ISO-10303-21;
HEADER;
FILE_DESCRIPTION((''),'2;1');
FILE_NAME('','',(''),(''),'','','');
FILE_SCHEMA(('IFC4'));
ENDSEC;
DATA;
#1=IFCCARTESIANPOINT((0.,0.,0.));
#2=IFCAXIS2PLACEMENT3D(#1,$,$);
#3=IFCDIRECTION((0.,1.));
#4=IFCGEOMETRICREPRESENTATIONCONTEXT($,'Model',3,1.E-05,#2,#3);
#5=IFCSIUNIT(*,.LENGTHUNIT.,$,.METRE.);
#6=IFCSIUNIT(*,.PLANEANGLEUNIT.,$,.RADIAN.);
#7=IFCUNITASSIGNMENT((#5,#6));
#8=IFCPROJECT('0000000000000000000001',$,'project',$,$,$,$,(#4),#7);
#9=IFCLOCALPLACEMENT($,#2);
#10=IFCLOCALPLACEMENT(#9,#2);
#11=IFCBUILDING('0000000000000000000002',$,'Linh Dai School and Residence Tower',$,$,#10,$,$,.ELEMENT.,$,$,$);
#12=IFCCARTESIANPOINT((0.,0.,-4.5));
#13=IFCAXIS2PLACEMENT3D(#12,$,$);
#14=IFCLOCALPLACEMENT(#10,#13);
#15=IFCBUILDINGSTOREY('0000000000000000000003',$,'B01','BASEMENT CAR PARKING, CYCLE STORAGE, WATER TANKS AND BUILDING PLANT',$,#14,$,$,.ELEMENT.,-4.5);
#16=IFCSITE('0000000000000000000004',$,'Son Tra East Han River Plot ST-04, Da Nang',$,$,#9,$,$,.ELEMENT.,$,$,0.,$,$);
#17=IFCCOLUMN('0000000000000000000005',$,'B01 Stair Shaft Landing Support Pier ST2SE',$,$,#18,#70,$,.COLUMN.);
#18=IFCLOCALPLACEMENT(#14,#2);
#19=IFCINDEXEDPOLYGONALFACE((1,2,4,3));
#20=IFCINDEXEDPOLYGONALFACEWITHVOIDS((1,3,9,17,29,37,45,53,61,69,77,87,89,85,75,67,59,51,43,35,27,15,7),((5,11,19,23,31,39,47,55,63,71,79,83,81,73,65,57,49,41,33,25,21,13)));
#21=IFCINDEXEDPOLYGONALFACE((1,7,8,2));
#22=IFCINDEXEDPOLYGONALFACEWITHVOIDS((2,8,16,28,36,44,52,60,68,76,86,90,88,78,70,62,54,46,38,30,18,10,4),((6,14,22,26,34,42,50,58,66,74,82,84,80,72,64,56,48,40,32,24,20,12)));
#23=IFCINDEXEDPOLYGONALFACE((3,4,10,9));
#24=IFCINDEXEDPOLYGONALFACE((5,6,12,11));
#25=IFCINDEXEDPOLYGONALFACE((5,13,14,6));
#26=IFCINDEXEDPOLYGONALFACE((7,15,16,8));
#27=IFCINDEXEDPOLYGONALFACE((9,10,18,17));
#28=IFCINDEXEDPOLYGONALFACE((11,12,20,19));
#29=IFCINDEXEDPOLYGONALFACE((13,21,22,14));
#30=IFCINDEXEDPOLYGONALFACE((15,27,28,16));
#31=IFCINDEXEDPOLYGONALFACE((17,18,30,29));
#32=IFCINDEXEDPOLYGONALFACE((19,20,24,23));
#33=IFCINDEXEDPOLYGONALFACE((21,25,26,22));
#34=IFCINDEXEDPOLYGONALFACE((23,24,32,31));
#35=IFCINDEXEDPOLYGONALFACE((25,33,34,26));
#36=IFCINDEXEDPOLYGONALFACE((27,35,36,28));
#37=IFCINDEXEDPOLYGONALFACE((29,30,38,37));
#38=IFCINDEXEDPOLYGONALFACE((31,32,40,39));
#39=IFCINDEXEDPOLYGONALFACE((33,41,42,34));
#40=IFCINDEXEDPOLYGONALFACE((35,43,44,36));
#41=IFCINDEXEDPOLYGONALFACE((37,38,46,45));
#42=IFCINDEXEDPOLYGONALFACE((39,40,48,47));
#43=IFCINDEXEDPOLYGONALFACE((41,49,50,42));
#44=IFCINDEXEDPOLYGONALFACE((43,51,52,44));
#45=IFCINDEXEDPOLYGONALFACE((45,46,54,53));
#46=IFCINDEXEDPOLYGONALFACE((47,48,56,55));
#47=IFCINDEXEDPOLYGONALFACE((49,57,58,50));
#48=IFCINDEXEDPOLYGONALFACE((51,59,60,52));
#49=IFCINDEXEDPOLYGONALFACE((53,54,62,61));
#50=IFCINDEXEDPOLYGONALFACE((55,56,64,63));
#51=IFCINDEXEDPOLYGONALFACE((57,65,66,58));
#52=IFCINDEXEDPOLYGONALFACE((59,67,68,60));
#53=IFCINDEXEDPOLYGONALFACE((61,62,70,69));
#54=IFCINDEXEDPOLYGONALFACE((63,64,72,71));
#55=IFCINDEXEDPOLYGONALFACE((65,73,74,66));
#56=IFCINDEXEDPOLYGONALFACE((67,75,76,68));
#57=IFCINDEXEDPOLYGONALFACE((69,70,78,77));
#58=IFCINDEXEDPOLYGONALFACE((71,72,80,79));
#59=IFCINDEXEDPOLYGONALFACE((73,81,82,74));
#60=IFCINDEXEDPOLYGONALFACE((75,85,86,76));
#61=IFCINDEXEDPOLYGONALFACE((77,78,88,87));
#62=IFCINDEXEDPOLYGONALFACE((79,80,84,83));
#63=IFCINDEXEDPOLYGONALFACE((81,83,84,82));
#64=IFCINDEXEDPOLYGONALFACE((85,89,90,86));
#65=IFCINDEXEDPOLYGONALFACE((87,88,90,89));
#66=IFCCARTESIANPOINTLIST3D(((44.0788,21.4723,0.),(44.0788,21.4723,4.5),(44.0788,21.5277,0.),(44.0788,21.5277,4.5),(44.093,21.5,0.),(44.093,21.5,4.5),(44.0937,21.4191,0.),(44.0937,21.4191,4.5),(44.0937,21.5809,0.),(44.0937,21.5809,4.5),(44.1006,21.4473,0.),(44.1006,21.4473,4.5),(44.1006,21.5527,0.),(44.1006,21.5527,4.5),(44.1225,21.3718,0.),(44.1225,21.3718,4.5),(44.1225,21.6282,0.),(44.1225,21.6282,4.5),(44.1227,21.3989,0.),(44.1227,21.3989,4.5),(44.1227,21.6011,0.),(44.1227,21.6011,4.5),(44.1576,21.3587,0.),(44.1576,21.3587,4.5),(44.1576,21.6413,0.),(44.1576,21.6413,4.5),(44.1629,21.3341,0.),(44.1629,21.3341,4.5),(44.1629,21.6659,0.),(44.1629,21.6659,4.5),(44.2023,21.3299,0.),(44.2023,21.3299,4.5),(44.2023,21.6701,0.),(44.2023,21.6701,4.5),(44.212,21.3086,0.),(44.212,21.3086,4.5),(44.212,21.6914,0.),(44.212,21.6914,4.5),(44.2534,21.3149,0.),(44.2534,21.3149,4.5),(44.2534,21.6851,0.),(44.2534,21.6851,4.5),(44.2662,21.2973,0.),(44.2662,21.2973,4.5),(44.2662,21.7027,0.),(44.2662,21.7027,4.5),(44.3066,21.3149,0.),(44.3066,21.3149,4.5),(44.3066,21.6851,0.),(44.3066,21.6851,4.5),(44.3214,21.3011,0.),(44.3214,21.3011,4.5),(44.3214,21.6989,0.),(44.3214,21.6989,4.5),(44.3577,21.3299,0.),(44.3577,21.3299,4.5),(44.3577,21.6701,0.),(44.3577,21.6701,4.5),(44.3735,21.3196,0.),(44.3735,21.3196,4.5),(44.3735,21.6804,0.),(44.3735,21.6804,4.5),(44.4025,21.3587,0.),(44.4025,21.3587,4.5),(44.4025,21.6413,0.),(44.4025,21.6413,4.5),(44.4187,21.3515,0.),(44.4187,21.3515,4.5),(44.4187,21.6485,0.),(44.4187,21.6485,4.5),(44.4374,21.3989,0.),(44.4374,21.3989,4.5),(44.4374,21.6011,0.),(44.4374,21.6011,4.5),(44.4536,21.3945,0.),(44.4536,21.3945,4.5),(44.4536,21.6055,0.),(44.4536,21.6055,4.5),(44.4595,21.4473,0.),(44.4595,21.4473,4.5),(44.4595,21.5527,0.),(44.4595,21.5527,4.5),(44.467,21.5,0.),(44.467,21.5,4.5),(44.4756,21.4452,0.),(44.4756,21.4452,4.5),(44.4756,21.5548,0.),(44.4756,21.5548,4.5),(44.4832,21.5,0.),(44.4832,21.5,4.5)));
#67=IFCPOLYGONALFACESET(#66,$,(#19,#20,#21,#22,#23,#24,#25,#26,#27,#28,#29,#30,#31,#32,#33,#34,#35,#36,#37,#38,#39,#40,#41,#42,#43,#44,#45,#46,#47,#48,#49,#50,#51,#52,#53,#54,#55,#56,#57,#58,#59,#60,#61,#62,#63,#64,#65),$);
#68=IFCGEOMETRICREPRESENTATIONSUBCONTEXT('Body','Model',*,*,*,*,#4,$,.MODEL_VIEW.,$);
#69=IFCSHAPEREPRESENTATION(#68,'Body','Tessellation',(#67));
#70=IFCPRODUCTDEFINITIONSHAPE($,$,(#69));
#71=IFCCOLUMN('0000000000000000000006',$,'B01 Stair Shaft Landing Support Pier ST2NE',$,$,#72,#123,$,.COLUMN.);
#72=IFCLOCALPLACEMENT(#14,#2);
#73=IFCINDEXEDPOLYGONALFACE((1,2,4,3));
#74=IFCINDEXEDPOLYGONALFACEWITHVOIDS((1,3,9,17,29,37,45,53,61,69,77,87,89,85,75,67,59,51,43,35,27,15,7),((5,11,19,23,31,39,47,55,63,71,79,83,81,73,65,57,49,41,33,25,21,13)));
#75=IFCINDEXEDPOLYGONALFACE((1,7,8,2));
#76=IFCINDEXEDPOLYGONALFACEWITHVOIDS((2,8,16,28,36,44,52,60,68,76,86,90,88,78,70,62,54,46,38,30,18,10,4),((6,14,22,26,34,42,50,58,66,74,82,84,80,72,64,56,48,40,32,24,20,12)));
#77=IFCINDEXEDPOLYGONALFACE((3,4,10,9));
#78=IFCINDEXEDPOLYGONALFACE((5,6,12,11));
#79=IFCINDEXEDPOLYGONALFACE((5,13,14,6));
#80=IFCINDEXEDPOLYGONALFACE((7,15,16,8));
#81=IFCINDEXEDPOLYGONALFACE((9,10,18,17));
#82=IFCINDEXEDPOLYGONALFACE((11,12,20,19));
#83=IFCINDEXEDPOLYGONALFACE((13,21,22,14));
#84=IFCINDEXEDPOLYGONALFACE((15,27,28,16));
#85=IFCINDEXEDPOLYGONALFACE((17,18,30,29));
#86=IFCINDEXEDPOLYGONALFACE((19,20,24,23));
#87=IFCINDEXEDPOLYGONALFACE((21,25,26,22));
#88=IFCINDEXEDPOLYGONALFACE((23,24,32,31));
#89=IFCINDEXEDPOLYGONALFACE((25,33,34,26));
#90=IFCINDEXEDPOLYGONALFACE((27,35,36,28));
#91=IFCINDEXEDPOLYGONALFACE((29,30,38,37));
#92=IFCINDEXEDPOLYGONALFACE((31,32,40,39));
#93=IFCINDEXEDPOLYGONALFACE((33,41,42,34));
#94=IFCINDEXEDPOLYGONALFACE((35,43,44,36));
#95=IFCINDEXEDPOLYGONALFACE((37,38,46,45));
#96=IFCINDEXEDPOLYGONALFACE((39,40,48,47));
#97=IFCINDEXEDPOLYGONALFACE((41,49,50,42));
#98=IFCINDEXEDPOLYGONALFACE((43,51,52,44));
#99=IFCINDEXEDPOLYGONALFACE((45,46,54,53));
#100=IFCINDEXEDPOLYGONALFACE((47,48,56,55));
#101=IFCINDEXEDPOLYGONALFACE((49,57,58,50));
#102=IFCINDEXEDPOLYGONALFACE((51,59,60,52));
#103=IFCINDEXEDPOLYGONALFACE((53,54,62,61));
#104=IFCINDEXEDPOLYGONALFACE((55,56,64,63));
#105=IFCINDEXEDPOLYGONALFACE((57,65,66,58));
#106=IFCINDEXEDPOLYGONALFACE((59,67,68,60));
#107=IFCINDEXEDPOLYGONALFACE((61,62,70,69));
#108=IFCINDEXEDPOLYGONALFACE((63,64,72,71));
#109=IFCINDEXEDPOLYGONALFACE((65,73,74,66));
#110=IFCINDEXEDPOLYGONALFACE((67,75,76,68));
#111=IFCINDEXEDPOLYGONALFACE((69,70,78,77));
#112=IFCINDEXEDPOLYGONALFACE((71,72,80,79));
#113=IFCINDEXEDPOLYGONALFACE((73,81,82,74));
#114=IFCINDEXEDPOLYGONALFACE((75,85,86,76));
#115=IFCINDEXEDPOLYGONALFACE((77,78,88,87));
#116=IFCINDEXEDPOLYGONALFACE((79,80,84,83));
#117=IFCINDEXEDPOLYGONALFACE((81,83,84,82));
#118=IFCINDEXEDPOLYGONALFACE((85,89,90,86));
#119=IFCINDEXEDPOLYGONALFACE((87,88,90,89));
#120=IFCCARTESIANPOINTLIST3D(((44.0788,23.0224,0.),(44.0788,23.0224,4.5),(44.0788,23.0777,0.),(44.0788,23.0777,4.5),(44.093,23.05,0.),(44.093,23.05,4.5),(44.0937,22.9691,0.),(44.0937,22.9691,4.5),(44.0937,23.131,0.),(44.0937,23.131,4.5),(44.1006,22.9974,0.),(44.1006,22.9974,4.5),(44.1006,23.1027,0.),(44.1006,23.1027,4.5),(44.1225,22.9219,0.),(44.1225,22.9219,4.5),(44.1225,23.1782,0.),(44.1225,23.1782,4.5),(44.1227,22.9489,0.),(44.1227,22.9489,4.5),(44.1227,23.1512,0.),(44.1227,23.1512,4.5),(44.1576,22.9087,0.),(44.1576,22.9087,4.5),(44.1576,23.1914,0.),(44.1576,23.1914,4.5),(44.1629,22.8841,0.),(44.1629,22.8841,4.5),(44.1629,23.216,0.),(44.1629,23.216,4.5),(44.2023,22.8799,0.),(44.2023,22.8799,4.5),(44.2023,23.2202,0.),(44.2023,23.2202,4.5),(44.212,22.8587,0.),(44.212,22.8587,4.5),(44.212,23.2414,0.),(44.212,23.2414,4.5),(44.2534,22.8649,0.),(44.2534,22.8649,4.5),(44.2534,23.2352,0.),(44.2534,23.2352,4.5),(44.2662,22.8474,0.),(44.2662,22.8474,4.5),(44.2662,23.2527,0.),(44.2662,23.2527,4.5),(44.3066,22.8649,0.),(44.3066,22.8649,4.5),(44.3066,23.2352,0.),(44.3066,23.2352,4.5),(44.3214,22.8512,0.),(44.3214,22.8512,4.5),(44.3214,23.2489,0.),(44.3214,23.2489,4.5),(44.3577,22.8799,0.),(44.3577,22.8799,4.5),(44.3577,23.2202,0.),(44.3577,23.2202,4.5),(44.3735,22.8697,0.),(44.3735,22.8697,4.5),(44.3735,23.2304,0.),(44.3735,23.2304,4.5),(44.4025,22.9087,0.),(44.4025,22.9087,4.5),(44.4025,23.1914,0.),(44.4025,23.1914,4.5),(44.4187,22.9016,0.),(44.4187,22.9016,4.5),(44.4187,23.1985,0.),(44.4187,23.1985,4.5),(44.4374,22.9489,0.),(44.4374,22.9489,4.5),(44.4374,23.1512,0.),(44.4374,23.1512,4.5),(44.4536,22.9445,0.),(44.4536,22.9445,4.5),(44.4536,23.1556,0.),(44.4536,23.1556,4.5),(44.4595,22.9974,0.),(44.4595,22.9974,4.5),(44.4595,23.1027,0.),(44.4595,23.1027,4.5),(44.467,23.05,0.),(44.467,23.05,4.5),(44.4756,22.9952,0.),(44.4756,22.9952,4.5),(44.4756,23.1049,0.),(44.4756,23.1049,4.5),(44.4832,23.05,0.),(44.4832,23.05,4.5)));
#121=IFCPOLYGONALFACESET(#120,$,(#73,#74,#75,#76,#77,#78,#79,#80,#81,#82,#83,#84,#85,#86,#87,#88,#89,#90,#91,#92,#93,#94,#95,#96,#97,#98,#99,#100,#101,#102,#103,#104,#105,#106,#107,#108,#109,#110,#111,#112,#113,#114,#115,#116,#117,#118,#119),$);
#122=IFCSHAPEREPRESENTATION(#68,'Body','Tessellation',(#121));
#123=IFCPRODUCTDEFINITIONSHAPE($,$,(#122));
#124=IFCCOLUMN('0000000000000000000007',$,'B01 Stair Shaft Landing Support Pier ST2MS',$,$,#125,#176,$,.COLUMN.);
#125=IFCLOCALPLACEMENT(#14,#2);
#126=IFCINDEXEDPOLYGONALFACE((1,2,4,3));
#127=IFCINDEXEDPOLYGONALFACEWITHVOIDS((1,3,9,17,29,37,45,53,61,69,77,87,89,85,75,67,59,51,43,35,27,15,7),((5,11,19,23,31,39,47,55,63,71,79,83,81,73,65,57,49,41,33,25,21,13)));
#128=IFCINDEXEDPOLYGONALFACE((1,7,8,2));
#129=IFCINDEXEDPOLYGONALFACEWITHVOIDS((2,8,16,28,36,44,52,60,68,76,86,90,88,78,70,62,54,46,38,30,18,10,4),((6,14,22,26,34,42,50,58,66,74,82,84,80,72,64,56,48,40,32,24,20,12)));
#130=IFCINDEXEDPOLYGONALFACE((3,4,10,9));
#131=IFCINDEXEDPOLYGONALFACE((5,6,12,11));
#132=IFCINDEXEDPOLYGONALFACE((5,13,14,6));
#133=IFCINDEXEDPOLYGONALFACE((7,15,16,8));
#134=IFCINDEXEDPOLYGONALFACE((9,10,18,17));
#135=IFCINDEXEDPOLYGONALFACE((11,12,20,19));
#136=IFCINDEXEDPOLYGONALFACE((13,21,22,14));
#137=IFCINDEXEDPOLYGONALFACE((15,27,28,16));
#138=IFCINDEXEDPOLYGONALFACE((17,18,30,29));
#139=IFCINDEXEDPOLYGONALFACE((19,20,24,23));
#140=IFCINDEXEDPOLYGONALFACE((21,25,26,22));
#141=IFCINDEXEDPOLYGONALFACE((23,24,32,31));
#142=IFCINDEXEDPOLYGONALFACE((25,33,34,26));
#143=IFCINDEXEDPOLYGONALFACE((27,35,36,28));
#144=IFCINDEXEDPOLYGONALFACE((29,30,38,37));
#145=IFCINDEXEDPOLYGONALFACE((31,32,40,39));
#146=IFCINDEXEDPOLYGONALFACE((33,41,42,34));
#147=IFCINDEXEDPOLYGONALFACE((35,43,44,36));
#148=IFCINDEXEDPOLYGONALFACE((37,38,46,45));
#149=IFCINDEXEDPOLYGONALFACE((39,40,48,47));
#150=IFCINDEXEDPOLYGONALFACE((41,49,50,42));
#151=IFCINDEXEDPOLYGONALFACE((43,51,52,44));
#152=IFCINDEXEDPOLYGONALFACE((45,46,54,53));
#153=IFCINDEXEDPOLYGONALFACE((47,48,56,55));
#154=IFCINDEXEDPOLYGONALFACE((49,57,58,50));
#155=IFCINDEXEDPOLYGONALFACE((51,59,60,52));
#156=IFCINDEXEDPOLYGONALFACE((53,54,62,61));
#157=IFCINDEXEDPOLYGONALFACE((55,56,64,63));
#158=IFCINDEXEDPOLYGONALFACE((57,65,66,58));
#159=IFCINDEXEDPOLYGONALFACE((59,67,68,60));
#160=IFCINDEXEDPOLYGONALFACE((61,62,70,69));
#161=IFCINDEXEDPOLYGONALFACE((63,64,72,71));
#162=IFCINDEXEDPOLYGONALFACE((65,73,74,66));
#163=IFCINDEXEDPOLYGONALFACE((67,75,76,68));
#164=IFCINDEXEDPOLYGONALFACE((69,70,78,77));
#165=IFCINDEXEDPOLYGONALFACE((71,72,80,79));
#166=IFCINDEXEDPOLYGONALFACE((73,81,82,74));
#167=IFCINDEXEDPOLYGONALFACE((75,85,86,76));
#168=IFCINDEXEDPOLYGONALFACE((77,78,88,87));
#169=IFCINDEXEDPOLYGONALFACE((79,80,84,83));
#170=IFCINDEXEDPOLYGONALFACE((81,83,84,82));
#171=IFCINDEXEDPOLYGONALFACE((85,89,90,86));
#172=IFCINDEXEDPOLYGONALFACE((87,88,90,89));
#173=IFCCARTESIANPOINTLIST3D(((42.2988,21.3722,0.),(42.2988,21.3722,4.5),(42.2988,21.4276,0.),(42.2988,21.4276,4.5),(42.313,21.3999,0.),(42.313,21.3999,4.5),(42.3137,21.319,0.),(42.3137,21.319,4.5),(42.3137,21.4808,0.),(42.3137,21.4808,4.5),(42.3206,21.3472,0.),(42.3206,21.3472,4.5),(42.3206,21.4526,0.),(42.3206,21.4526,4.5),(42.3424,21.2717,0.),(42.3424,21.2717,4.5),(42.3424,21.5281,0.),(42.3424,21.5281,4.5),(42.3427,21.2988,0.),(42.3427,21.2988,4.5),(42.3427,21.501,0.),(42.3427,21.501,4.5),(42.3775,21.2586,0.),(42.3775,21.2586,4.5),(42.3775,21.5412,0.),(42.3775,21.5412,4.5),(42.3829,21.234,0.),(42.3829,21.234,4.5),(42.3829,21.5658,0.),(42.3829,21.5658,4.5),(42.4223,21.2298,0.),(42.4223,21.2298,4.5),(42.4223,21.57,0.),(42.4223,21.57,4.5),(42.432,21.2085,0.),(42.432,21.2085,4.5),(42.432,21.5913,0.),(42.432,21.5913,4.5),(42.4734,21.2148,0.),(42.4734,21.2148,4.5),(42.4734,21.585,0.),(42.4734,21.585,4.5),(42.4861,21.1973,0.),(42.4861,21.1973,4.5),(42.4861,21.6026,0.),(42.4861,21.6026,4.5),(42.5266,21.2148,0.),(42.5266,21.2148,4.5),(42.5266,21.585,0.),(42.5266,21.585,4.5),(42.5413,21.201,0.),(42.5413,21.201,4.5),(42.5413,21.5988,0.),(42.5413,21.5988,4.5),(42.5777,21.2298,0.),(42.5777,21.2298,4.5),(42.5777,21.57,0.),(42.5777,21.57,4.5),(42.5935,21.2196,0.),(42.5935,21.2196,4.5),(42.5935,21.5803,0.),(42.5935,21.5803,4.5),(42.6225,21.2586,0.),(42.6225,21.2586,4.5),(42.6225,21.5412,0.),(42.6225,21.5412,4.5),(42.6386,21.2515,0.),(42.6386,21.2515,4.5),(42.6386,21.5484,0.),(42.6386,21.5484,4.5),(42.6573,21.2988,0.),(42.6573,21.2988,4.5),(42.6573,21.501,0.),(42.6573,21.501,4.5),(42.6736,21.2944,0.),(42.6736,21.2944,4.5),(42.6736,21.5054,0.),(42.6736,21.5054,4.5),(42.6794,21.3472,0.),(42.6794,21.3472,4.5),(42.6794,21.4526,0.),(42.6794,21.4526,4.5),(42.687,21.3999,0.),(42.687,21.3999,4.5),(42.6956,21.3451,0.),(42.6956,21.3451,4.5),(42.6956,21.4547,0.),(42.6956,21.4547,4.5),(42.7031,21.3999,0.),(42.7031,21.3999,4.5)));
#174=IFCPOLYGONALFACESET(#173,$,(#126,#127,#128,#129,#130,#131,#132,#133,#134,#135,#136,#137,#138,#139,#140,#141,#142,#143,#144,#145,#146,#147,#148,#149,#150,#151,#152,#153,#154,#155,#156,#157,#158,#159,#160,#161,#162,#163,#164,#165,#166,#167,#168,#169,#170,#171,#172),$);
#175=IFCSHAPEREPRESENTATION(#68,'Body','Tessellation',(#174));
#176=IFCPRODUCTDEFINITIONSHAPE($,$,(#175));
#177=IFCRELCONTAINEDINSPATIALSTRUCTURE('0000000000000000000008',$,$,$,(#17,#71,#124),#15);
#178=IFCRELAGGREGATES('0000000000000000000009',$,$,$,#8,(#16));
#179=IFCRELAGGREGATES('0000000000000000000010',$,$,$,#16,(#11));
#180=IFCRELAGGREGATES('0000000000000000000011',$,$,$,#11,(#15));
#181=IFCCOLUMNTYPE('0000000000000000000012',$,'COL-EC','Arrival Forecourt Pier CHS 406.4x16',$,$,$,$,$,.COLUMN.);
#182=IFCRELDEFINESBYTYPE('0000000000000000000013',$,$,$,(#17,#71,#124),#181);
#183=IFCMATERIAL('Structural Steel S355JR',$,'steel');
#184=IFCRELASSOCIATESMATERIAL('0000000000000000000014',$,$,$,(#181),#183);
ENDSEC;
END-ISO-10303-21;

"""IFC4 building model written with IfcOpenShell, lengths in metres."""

from ifc_helpers import new_model, si_unit, direction, frame, origin, origin_2d, place, context, subcontext, project, spatial, hollow_circle, extrude, material, material_profile, profile_set, type_object, element, save


model = new_model("IFC4")

# Units and contexts
model_context = context("Model", 3, precision=1e-05, world=origin(), true_north=direction((0.0, 1.0)))
body_context = subcontext(model_context, "Body", "Model", "MODEL_VIEW")
ifc_project = project(units=[si_unit("LENGTHUNIT", "METRE"), si_unit("PLANEANGLEUNIT", "RADIAN")], contexts=[model_context])

# Site, building, storey
site_placement = place(None, origin())
site = spatial("IfcSite", under=ifc_project, at=site_placement, Name="Son Tra East Han River Plot ST-04, Da Nang", CompositionType="ELEMENT", RefElevation=0.0)
building_placement = place(site_placement, origin())
building = spatial("IfcBuilding", under=site, at=building_placement, Name="Linh Dai School and Residence Tower", CompositionType="ELEMENT")
storey_placement = place(building_placement, frame((0.0, 0.0, -4.5)))
storey = spatial("IfcBuildingStorey", under=building, at=storey_placement, Name="B01", Description="BASEMENT CAR PARKING, CYCLE STORAGE, WATER TANKS AND BUILDING PLANT", CompositionType="ELEMENT", Elevation=-4.5)

# Columns
ifc_material_1 = material(Name="Structural Steel S355JR", Category="steel")
ifc_material_profile_1 = material_profile(ifc_material_1, hollow_circle(Radius=0.2031, WallThickness=0.0161, at=origin_2d()), Name="CHS 406.4x16")
ifc_profile_set_1 = profile_set([ifc_material_profile_1], Name="Structural Steel S355JR")
column_type_1 = type_object("IfcColumnType", Name="COL-EC", Description="Arrival Forecourt Pier CHS 406.4x16", PredefinedType="COLUMN", material=ifc_profile_set_1)
for number, where, z_axis, x_axis, name in (
    (1, (44.28, 21.5, 0.0), (0.0, 0.0, 1.0), (1.0, 0.0, 0.0), "B01 Stair Shaft Landing Support Pier ST2SE"),
    (2, (44.28, 23.05, 0.0), (0.0, 0.0, 1.0), (1.0, 0.0, 0.0), "B01 Stair Shaft Landing Support Pier ST2NE"),
    (3, (42.5, 21.3999, 0.0), (0.0, 0.0, 1.0), (1.0, 0.0, 0.0), "B01 Stair Shaft Landing Support Pier ST2MS"),
):
    element("IfcColumn", number, at=place(storey_placement, frame(where, z_axis=z_axis, x_axis=x_axis)), inside=storey, type_object=column_type_1, Name=name, PredefinedType="COLUMN", context=body_context, shape_type="SweptSolid", body=[
        extrude(hollow_circle(Radius=0.2031, WallThickness=0.0161, at=origin_2d()), origin(), (0.0, 0.0, 1.0), 4.5),
    ])

save(model, "model.ifc")
